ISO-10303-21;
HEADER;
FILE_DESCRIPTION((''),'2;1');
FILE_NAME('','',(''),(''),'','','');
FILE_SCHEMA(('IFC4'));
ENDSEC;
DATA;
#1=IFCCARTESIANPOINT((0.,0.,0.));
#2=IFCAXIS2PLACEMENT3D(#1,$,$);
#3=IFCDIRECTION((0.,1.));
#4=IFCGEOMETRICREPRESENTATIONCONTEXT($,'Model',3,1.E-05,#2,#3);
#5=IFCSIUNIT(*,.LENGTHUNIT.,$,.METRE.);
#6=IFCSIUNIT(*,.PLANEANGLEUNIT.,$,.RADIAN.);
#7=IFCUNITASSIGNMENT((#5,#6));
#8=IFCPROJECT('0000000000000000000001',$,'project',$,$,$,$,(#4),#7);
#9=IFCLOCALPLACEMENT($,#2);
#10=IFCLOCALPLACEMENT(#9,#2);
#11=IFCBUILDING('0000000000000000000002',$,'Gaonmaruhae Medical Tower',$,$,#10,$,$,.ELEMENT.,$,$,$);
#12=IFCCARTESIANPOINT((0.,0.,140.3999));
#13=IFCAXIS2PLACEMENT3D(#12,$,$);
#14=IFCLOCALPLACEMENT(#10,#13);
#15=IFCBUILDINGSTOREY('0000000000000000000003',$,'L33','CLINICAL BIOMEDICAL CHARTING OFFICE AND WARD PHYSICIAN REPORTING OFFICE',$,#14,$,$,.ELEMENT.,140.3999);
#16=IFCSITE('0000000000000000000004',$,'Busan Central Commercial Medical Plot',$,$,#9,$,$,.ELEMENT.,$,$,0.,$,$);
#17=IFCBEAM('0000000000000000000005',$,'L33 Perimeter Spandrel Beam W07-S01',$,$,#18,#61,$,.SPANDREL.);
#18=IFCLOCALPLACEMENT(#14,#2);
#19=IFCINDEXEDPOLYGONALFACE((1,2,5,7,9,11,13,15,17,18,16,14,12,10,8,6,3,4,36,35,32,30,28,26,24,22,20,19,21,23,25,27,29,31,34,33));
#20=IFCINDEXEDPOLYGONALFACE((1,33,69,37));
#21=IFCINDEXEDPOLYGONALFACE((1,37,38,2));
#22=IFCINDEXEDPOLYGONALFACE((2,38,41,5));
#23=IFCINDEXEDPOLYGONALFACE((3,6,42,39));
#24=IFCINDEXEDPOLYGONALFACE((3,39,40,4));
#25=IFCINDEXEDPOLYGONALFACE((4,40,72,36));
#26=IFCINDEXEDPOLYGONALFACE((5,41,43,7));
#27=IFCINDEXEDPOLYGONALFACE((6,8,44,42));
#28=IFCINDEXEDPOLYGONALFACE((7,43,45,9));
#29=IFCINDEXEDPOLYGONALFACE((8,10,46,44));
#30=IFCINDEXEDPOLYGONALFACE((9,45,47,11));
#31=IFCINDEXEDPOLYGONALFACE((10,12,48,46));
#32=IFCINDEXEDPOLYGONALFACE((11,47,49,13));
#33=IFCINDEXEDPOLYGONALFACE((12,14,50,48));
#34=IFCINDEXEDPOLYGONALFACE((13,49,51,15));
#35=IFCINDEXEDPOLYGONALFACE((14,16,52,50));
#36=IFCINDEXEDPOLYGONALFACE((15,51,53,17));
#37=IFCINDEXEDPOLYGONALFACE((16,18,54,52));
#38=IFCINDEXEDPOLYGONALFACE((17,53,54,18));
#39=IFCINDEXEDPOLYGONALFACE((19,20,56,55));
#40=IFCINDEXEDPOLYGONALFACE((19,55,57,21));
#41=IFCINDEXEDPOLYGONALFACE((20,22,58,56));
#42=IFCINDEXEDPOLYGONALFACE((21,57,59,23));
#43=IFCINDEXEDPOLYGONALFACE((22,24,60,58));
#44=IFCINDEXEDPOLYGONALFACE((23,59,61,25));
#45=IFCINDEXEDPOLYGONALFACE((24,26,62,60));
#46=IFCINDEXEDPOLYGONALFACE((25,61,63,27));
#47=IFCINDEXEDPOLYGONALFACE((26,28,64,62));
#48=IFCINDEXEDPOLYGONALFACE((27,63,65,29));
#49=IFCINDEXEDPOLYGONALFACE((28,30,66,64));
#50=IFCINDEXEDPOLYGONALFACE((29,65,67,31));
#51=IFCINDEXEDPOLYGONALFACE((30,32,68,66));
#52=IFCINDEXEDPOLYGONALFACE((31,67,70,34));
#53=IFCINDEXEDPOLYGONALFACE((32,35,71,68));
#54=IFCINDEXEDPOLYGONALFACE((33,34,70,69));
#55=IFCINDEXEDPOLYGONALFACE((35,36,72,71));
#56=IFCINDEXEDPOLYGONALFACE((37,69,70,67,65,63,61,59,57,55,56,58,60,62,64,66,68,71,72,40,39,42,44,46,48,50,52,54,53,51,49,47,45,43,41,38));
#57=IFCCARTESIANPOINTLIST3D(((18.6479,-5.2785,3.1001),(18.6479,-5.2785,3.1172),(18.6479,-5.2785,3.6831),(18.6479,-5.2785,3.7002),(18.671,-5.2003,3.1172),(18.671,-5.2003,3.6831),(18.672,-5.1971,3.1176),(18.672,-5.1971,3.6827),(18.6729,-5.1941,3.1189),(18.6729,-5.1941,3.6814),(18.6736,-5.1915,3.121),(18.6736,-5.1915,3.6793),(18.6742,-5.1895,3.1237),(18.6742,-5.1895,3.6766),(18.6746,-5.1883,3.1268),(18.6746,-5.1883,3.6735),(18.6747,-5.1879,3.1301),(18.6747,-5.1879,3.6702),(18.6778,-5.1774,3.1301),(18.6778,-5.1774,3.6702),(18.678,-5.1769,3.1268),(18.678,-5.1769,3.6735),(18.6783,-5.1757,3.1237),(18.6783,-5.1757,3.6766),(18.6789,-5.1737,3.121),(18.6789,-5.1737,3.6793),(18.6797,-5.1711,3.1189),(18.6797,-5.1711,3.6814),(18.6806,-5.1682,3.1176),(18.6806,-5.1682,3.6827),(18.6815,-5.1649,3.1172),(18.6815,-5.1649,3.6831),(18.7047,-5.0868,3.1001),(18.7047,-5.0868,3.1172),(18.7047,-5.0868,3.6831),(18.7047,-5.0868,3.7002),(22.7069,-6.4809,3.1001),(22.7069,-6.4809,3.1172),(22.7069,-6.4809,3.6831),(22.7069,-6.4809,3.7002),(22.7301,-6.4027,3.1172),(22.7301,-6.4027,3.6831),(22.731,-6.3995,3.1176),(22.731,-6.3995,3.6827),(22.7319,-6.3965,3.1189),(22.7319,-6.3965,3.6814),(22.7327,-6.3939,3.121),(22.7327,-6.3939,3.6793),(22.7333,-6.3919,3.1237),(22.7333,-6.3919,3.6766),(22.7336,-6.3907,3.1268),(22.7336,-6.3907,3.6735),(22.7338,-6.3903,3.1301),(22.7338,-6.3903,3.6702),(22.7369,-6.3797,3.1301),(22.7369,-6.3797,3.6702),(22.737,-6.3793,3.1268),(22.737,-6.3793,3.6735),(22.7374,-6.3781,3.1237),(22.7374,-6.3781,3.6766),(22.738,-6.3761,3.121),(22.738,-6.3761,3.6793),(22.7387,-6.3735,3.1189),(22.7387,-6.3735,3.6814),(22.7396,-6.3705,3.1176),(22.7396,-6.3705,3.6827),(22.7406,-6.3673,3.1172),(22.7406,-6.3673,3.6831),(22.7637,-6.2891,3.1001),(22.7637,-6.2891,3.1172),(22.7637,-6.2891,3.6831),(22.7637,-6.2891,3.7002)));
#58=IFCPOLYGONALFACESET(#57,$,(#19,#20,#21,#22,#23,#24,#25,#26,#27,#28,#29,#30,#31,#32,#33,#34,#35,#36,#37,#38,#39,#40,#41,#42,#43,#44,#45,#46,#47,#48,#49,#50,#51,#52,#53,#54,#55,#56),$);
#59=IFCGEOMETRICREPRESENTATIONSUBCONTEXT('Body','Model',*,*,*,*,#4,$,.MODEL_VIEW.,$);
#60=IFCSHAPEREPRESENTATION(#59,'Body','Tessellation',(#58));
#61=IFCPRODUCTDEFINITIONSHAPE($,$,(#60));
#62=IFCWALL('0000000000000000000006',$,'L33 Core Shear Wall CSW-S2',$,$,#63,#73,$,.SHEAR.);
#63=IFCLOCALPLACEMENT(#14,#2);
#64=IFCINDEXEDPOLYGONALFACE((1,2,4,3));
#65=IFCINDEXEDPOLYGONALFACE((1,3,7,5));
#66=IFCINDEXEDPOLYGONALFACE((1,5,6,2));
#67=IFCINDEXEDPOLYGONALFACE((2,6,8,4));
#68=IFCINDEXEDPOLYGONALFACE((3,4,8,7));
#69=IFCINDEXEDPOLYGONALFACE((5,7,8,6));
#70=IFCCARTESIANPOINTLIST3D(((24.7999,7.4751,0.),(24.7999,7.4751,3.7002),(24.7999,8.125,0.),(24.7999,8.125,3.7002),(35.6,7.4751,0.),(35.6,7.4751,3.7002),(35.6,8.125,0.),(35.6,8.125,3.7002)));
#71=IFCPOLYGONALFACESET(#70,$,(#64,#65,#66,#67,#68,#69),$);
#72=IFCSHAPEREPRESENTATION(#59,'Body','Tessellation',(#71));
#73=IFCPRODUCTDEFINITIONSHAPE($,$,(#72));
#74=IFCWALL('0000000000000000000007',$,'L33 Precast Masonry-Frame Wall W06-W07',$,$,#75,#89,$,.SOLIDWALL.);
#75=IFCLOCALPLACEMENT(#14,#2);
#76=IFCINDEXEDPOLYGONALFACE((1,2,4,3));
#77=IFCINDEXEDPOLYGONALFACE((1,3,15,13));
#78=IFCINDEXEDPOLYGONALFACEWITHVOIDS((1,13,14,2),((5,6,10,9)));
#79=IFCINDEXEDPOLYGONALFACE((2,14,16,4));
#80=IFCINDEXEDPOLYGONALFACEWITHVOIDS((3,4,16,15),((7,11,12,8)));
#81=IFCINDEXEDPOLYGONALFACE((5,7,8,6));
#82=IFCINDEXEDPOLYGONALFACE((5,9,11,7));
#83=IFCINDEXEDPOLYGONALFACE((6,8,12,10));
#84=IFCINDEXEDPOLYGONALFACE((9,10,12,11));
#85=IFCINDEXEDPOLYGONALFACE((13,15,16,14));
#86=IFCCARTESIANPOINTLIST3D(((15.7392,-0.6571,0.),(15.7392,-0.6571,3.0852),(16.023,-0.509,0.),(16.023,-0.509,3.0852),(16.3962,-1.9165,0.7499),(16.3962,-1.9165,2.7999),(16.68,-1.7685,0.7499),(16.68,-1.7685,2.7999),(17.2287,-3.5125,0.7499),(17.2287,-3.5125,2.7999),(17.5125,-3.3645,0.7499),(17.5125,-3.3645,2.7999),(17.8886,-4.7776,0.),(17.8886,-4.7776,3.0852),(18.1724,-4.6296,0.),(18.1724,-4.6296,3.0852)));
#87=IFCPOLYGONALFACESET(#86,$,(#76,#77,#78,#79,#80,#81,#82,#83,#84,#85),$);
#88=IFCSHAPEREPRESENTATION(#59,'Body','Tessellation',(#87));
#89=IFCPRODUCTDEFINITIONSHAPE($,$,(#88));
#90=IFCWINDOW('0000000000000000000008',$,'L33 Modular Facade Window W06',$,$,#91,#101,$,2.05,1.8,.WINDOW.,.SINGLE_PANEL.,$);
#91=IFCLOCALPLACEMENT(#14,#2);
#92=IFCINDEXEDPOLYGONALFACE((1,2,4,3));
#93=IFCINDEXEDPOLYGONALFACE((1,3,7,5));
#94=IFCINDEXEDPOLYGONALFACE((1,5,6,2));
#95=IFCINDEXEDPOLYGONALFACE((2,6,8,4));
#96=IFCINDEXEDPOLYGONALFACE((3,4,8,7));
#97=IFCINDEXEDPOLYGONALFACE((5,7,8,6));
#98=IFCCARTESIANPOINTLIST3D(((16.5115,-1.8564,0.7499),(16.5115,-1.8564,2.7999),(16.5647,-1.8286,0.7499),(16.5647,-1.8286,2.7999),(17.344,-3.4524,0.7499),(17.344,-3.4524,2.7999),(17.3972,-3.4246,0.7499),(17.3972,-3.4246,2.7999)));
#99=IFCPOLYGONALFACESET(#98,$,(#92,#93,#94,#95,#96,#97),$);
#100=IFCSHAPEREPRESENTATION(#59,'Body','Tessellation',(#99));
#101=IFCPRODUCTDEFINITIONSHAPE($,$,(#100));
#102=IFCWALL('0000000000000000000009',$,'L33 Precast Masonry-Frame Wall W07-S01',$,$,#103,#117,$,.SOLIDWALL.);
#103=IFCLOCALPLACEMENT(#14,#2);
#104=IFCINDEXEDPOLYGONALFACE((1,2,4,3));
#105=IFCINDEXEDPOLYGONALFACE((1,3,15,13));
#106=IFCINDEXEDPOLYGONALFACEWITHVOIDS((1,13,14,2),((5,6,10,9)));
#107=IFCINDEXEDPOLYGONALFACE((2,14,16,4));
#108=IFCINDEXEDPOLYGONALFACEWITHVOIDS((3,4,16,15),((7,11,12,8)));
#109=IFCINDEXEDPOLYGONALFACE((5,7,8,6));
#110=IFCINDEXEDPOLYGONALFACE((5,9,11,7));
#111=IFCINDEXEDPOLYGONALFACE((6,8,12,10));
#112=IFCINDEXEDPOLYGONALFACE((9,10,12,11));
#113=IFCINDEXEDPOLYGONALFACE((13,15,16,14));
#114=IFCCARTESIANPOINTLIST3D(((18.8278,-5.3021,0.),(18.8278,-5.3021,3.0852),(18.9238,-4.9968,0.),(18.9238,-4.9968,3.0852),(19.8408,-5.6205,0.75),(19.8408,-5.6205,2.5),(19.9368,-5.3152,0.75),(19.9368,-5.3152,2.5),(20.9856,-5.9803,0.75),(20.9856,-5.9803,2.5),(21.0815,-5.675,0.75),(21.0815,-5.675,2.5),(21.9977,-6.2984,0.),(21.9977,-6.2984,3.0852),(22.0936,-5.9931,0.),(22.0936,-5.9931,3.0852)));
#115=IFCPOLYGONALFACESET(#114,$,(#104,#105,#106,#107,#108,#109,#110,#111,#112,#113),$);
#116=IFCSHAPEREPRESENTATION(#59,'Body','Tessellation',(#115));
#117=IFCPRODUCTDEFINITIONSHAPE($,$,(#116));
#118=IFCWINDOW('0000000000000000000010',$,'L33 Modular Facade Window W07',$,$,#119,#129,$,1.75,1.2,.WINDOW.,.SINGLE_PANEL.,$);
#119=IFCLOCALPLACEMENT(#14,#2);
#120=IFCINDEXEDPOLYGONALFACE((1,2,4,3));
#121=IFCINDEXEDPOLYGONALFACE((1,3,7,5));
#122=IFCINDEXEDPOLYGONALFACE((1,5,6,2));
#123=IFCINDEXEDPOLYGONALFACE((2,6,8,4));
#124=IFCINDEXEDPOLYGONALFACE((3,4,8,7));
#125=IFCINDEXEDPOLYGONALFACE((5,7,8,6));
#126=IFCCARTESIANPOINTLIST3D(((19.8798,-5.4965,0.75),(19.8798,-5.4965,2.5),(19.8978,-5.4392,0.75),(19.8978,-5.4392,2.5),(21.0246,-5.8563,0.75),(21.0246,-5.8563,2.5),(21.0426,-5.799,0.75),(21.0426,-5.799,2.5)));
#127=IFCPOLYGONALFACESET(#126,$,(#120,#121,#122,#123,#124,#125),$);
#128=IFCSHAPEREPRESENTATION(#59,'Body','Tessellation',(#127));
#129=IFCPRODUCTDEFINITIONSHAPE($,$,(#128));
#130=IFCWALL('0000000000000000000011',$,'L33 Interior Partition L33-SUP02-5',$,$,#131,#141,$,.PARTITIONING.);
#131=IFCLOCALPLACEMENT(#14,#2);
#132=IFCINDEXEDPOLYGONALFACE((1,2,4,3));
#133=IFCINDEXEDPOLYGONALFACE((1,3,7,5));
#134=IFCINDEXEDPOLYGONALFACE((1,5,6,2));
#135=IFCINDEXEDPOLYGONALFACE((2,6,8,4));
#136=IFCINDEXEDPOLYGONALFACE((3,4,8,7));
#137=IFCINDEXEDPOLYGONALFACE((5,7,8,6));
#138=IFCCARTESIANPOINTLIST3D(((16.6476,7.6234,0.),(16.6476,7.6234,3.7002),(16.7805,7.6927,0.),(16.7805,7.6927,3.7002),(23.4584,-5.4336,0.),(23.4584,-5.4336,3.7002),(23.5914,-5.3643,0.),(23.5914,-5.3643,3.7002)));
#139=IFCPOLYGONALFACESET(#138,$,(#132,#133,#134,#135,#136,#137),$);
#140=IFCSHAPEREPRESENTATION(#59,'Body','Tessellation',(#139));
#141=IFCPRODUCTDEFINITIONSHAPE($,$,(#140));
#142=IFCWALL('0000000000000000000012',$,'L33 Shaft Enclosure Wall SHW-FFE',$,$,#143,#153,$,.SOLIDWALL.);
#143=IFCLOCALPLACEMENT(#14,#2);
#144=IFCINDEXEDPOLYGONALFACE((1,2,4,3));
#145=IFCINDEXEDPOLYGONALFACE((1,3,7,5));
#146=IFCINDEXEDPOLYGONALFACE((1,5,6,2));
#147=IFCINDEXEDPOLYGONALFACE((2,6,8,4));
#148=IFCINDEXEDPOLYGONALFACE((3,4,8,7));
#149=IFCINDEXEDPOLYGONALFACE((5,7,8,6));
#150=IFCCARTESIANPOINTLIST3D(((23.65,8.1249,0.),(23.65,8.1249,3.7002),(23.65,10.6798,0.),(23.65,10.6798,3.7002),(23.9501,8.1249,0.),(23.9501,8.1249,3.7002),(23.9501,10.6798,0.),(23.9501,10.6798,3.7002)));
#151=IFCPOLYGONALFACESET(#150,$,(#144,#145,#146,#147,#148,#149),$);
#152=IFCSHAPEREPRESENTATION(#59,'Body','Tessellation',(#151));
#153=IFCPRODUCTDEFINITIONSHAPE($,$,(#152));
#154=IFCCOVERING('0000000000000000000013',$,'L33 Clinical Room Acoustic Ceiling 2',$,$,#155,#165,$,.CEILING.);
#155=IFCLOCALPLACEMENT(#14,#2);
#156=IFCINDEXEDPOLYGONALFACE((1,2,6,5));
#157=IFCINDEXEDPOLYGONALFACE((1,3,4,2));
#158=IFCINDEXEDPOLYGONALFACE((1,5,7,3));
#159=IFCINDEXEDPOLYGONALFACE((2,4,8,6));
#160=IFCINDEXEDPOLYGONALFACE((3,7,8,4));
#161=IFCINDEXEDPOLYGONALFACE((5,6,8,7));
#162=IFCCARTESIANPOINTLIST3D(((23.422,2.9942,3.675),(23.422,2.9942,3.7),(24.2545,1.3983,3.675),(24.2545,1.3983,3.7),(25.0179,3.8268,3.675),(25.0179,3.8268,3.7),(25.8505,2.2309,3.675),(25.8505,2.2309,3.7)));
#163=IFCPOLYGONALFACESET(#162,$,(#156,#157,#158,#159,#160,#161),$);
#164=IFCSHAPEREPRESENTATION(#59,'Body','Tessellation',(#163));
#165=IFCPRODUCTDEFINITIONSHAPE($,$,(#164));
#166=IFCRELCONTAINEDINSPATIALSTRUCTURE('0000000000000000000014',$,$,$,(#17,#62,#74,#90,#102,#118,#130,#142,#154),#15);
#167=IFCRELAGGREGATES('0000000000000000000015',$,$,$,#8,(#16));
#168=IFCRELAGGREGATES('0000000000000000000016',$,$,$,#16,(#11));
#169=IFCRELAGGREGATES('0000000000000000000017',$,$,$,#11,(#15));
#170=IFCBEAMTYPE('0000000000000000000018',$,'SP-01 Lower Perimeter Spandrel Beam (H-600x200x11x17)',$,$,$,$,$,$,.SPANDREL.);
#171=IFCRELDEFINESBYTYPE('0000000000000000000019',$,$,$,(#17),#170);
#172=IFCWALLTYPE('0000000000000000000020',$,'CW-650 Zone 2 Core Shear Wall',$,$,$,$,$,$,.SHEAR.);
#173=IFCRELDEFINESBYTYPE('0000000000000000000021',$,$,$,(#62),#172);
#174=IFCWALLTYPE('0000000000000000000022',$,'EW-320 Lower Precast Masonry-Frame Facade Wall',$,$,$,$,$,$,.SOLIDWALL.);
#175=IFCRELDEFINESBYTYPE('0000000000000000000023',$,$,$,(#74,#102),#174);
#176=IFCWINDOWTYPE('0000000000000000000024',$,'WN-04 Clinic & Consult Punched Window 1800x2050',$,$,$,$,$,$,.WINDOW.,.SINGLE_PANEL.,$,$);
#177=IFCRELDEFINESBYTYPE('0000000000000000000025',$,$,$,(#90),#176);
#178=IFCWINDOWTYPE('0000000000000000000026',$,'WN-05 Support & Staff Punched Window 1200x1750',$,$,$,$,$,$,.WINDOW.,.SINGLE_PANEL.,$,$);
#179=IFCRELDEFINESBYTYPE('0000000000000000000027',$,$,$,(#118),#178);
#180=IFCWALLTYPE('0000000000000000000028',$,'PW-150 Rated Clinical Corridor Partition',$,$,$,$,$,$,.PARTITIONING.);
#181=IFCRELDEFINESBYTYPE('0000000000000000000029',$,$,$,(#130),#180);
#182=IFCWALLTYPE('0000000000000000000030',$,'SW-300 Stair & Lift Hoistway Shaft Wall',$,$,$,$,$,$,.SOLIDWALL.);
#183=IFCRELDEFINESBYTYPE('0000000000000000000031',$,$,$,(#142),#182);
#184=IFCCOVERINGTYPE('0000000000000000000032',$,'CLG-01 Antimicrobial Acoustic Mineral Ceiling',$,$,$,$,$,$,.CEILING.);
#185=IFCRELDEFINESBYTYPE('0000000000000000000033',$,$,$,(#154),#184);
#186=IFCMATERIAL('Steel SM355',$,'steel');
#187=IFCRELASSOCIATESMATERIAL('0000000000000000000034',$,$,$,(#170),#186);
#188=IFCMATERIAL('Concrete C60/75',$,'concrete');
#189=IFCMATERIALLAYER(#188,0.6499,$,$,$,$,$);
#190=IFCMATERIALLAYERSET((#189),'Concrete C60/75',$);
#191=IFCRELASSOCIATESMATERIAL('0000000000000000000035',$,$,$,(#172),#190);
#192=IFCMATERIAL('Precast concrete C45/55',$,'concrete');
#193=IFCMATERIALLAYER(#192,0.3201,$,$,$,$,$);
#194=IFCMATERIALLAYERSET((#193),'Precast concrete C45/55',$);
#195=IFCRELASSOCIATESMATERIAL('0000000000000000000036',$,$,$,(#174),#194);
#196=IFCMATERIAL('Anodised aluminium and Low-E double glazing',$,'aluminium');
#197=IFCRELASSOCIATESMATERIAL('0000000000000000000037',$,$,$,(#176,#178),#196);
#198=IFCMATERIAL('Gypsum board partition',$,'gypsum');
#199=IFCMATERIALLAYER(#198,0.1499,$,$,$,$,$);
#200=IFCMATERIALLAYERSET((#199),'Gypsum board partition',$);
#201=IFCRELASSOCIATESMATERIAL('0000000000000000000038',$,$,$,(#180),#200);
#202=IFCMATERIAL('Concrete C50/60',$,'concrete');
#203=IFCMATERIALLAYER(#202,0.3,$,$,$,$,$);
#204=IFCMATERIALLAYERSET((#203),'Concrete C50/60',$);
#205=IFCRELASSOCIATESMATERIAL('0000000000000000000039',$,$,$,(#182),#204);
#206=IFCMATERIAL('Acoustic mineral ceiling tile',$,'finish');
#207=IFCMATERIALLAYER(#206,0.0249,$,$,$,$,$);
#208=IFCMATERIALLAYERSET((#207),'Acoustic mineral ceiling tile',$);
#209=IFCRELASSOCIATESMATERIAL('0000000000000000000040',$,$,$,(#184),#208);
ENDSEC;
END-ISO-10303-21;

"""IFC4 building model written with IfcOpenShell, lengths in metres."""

from ifc_helpers import new_model, si_unit, direction, frame, frame_2d, origin, origin_2d, place, context, subcontext, project, spatial, rectangle, i_section, extrude, material, layer, layer_set, material_profile, profile_set, type_object, element, fill, save


model = new_model("IFC4")

# Units and contexts
model_context = context("Model", 3, precision=1e-05, world=origin(), true_north=direction((0.0, 1.0)))
body_context = subcontext(model_context, "Body", "Model", "MODEL_VIEW")
ifc_project = project(units=[si_unit("LENGTHUNIT", "METRE"), si_unit("PLANEANGLEUNIT", "RADIAN")], contexts=[model_context])

# Site, building, storey
site_placement = place(None, origin())
site = spatial("IfcSite", under=ifc_project, at=site_placement, Name="Busan Central Commercial Medical Plot", CompositionType="ELEMENT", RefElevation=0.0)
building_placement = place(site_placement, origin())
building = spatial("IfcBuilding", under=site, at=building_placement, Name="Gaonmaruhae Medical Tower", CompositionType="ELEMENT")
storey_placement = place(building_placement, frame((0.0, 0.0, 140.3999)))
storey = spatial("IfcBuildingStorey", under=building, at=storey_placement, Name="L33", Description="CLINICAL BIOMEDICAL CHARTING OFFICE AND WARD PHYSICIAN REPORTING OFFICE", CompositionType="ELEMENT", Elevation=140.3999)

# Shared definitions
ifc_material_1 = material(Name="Concrete C60/75", Category="concrete")

# Beam
ifc_material_2 = material(Name="Steel SM355", Category="steel")
ifc_material_profile_1 = material_profile(ifc_material_2, i_section(OverallWidth=0.2, OverallDepth=0.6001, WebThickness=0.011, FlangeThickness=0.0171, FilletRadius=0.0129, at=origin_2d()), Name="H-600x200x11x17")
ifc_profile_set_1 = profile_set([ifc_material_profile_1], Name="Steel SM355")
beam_type_1 = type_object("IfcBeamType", Name="SP-01 Lower Perimeter Spandrel Beam (H-600x200x11x17)", PredefinedType="SPANDREL", material=ifc_profile_set_1)
beam_1_placement = place(storey_placement, frame((18.6763, -5.1826, 3.4001), z_axis=(0.958817, -0.284024, 0.0), x_axis=(0.284024, 0.958817, 0.0)))
element("IfcBeam", 1, at=beam_1_placement, inside=storey, type_object=beam_type_1, Name="L33 Perimeter Spandrel Beam W07-S01", PredefinedType="SPANDREL", context=body_context, shape_type="SweptSolid", body=[
    extrude(i_section(OverallWidth=0.2, OverallDepth=0.6001, WebThickness=0.011, FlangeThickness=0.0171, FilletRadius=0.0129, at=origin_2d()), origin(), (0.0, 0.0, 1.0), 4.2334),
])

# Wall
ifc_layer_1 = layer(ifc_material_1, 0.6499)
ifc_layer_set_1 = layer_set([ifc_layer_1], Name="Concrete C60/75")
wall_type_1 = type_object("IfcWallType", Name="CW-650 Zone 2 Core Shear Wall", PredefinedType="SHEAR", material=ifc_layer_set_1)
wall_1_placement = place(storey_placement, frame((24.8, 7.8, 0.0), z_axis=(0.0, 0.0, 1.0), x_axis=(1.0, 0.0, 0.0)))
element("IfcWall", 2, at=wall_1_placement, inside=storey, type_object=wall_type_1, Name="L33 Core Shear Wall CSW-S2", PredefinedType="SHEAR", context=body_context, shape_type="SweptSolid", body=[
    extrude(rectangle(XDim=10.8, YDim=0.6499, at=frame_2d((5.3999, 0.0))), origin(), (0.0, 0.0, 1.0), 3.7002),
])

# Walls, openings, windows
ifc_material_3 = material(Name="Precast concrete C45/55", Category="concrete")
ifc_layer_2 = layer(ifc_material_3, 0.3201)
ifc_layer_set_2 = layer_set([ifc_layer_2], Name="Precast concrete C45/55")
wall_type_2 = type_object("IfcWallType", Name="EW-320 Lower Precast Masonry-Frame Facade Wall", PredefinedType="SOLIDWALL", material=ifc_layer_set_2)
wall_2_placement = place(storey_placement, frame((18.0305, -4.7036, 0.0), z_axis=(0.0, 0.0, 1.0), x_axis=(-0.462487, 0.886626, 0.0)))
wall_2 = element("IfcWall", 3, at=wall_2_placement, inside=storey, type_object=wall_type_2, Name="L33 Precast Masonry-Frame Wall W06-W07", PredefinedType="SOLIDWALL", context=body_context, shape_type="SweptSolid", body=[
    extrude(rectangle(XDim=4.6475, YDim=0.3201, at=frame_2d((2.3237, 0.0))), origin(), (0.0, 0.0, 1.0), 3.0852),
])
opening_1_placement = place(wall_2_placement, frame((1.427, 0.0, 0.75)))
opening_1 = element("IfcOpeningElement", 4, at=opening_1_placement, cuts=wall_2, PredefinedType="OPENING", context=body_context, shape_type="SweptSolid", body=[
    extrude(rectangle(XDim=1.8, YDim=2.05, at=frame_2d((0.8999, 1.0249))), frame((0.0, 0.1699, 0.0), z_axis=(0.0, -1.0, 0.0), x_axis=(1.0, 0.0, 0.0)), (0.0, 0.0, 1.0), 0.3401),
])
ifc_material_4 = material(Name="Anodised aluminium and Low-E double glazing", Category="aluminium")
window_type_1 = type_object("IfcWindowType", Name="WN-04 Clinic & Consult Punched Window 1800x2050", PartitioningType="SINGLE_PANEL", PredefinedType="WINDOW", material=ifc_material_4)
window_1_placement = place(opening_1_placement, origin())
window_1 = element("IfcWindow", 5, at=window_1_placement, inside=storey, type_object=window_type_1, Name="L33 Modular Facade Window W06", OverallHeight=2.05, OverallWidth=1.8, PartitioningType="SINGLE_PANEL", PredefinedType="WINDOW", context=body_context, shape_type="SweptSolid", body=[
    extrude(rectangle(XDim=1.8, YDim=2.05, at=frame_2d((0.8999, 1.0249))), frame((0.0, 0.03, 0.0), z_axis=(0.0, -1.0, 0.0), x_axis=(1.0, 0.0, 0.0)), (0.0, 0.0, 1.0), 0.0601),
])
fill(opening_1, window_1)
wall_3_placement = place(storey_placement, frame((22.0457, -6.1458, 0.0), z_axis=(0.0, 0.0, 1.0), x_axis=(-0.953987, 0.299848, 0.0)))
wall_3 = element("IfcWall", 6, at=wall_3_placement, inside=storey, type_object=wall_type_2, Name="L33 Precast Masonry-Frame Wall W07-S01", PredefinedType="SOLIDWALL", context=body_context, shape_type="SweptSolid", body=[
    extrude(rectangle(XDim=3.3228, YDim=0.3201, at=frame_2d((1.6614, 0.0))), origin(), (0.0, 0.0, 1.0), 3.0852),
])
opening_2_placement = place(wall_3_placement, frame((1.0608, 0.0, 0.75)))
opening_2 = element("IfcOpeningElement", 7, at=opening_2_placement, cuts=wall_3, PredefinedType="OPENING", context=body_context, shape_type="SweptSolid", body=[
    extrude(rectangle(XDim=1.2, YDim=1.75, at=frame_2d((0.6001, 0.875))), frame((0.0, 0.1699, 0.0), z_axis=(0.0, -1.0, 0.0), x_axis=(1.0, 0.0, 0.0)), (0.0, 0.0, 1.0), 0.3401),
])
window_type_2 = type_object("IfcWindowType", Name="WN-05 Support & Staff Punched Window 1200x1750", PartitioningType="SINGLE_PANEL", PredefinedType="WINDOW", material=ifc_material_4)
window_2_placement = place(opening_2_placement, origin())
window_2 = element("IfcWindow", 8, at=window_2_placement, inside=storey, type_object=window_type_2, Name="L33 Modular Facade Window W07", OverallHeight=1.75, OverallWidth=1.2, PartitioningType="SINGLE_PANEL", PredefinedType="WINDOW", context=body_context, shape_type="SweptSolid", body=[
    extrude(rectangle(XDim=1.2, YDim=1.75, at=frame_2d((0.6001, 0.875))), frame((0.0, 0.03, 0.0), z_axis=(0.0, -1.0, 0.0), x_axis=(1.0, 0.0, 0.0)), (0.0, 0.0, 1.0), 0.0601),
])
fill(opening_2, window_2)

# Walls
ifc_material_5 = material(Name="Gypsum board partition", Category="gypsum")
ifc_layer_3 = layer(ifc_material_5, 0.1499)
ifc_layer_set_3 = layer_set([ifc_layer_3], Name="Gypsum board partition")
wall_type_3 = type_object("IfcWallType", Name="PW-150 Rated Clinical Corridor Partition", PredefinedType="PARTITIONING", material=ifc_layer_set_3)
wall_4_placement = place(storey_placement, frame((23.5249, -5.3989, 0.0), z_axis=(0.0, 0.0, 1.0), x_axis=(-0.462486, 0.886627, 0.0)))
element("IfcWall", 9, at=wall_4_placement, inside=storey, type_object=wall_type_3, Name="L33 Interior Partition L33-SUP02-5", PredefinedType="PARTITIONING", context=body_context, shape_type="SweptSolid", body=[
    extrude(rectangle(XDim=14.7266, YDim=0.1499, at=frame_2d((7.3633, 0.0))), origin(), (0.0, 0.0, 1.0), 3.7002),
])
ifc_material_6 = material(Name="Concrete C50/60", Category="concrete")
ifc_layer_4 = layer(ifc_material_6, 0.3)
ifc_layer_set_4 = layer_set([ifc_layer_4], Name="Concrete C50/60")
wall_type_4 = type_object("IfcWallType", Name="SW-300 Stair & Lift Hoistway Shaft Wall", PredefinedType="SOLIDWALL", material=ifc_layer_set_4)
wall_5_placement = place(storey_placement, frame((23.8, 8.125, 0.0), z_axis=(0.0, 0.0, 1.0), x_axis=(0.0, 1.0, 0.0)))
element("IfcWall", 10, at=wall_5_placement, inside=storey, type_object=wall_type_4, Name="L33 Shaft Enclosure Wall SHW-FFE", PredefinedType="SOLIDWALL", context=body_context, shape_type="SweptSolid", body=[
    extrude(rectangle(XDim=2.5549, YDim=0.3, at=frame_2d((1.2773, 0.0))), origin(), (0.0, 0.0, 1.0), 3.7002),
])

# Covering
ifc_material_7 = material(Name="Acoustic mineral ceiling tile", Category="finish")
ifc_layer_5 = layer(ifc_material_7, 0.0249)
ifc_layer_set_5 = layer_set([ifc_layer_5], Name="Acoustic mineral ceiling tile")
covering_type_1 = type_object("IfcCoveringType", Name="CLG-01 Antimicrobial Acoustic Mineral Ceiling", PredefinedType="CEILING", material=ifc_layer_set_5)
covering_1_placement = place(storey_placement, frame((24.6362, 2.6125, 3.675), z_axis=(0.0, 0.0, 1.0), x_axis=(0.886608, 0.462523, 0.0)))
element("IfcCovering", 11, at=covering_1_placement, inside=storey, type_object=covering_type_1, Name="L33 Clinical Room Acoustic Ceiling 2", PredefinedType="CEILING", context=body_context, shape_type="SweptSolid", body=[
    extrude(rectangle(XDim=1.8, YDim=1.8, at=origin_2d()), origin(), (0.0, 0.0, 1.0), 0.0249),
])

save(model, "model.ifc")
